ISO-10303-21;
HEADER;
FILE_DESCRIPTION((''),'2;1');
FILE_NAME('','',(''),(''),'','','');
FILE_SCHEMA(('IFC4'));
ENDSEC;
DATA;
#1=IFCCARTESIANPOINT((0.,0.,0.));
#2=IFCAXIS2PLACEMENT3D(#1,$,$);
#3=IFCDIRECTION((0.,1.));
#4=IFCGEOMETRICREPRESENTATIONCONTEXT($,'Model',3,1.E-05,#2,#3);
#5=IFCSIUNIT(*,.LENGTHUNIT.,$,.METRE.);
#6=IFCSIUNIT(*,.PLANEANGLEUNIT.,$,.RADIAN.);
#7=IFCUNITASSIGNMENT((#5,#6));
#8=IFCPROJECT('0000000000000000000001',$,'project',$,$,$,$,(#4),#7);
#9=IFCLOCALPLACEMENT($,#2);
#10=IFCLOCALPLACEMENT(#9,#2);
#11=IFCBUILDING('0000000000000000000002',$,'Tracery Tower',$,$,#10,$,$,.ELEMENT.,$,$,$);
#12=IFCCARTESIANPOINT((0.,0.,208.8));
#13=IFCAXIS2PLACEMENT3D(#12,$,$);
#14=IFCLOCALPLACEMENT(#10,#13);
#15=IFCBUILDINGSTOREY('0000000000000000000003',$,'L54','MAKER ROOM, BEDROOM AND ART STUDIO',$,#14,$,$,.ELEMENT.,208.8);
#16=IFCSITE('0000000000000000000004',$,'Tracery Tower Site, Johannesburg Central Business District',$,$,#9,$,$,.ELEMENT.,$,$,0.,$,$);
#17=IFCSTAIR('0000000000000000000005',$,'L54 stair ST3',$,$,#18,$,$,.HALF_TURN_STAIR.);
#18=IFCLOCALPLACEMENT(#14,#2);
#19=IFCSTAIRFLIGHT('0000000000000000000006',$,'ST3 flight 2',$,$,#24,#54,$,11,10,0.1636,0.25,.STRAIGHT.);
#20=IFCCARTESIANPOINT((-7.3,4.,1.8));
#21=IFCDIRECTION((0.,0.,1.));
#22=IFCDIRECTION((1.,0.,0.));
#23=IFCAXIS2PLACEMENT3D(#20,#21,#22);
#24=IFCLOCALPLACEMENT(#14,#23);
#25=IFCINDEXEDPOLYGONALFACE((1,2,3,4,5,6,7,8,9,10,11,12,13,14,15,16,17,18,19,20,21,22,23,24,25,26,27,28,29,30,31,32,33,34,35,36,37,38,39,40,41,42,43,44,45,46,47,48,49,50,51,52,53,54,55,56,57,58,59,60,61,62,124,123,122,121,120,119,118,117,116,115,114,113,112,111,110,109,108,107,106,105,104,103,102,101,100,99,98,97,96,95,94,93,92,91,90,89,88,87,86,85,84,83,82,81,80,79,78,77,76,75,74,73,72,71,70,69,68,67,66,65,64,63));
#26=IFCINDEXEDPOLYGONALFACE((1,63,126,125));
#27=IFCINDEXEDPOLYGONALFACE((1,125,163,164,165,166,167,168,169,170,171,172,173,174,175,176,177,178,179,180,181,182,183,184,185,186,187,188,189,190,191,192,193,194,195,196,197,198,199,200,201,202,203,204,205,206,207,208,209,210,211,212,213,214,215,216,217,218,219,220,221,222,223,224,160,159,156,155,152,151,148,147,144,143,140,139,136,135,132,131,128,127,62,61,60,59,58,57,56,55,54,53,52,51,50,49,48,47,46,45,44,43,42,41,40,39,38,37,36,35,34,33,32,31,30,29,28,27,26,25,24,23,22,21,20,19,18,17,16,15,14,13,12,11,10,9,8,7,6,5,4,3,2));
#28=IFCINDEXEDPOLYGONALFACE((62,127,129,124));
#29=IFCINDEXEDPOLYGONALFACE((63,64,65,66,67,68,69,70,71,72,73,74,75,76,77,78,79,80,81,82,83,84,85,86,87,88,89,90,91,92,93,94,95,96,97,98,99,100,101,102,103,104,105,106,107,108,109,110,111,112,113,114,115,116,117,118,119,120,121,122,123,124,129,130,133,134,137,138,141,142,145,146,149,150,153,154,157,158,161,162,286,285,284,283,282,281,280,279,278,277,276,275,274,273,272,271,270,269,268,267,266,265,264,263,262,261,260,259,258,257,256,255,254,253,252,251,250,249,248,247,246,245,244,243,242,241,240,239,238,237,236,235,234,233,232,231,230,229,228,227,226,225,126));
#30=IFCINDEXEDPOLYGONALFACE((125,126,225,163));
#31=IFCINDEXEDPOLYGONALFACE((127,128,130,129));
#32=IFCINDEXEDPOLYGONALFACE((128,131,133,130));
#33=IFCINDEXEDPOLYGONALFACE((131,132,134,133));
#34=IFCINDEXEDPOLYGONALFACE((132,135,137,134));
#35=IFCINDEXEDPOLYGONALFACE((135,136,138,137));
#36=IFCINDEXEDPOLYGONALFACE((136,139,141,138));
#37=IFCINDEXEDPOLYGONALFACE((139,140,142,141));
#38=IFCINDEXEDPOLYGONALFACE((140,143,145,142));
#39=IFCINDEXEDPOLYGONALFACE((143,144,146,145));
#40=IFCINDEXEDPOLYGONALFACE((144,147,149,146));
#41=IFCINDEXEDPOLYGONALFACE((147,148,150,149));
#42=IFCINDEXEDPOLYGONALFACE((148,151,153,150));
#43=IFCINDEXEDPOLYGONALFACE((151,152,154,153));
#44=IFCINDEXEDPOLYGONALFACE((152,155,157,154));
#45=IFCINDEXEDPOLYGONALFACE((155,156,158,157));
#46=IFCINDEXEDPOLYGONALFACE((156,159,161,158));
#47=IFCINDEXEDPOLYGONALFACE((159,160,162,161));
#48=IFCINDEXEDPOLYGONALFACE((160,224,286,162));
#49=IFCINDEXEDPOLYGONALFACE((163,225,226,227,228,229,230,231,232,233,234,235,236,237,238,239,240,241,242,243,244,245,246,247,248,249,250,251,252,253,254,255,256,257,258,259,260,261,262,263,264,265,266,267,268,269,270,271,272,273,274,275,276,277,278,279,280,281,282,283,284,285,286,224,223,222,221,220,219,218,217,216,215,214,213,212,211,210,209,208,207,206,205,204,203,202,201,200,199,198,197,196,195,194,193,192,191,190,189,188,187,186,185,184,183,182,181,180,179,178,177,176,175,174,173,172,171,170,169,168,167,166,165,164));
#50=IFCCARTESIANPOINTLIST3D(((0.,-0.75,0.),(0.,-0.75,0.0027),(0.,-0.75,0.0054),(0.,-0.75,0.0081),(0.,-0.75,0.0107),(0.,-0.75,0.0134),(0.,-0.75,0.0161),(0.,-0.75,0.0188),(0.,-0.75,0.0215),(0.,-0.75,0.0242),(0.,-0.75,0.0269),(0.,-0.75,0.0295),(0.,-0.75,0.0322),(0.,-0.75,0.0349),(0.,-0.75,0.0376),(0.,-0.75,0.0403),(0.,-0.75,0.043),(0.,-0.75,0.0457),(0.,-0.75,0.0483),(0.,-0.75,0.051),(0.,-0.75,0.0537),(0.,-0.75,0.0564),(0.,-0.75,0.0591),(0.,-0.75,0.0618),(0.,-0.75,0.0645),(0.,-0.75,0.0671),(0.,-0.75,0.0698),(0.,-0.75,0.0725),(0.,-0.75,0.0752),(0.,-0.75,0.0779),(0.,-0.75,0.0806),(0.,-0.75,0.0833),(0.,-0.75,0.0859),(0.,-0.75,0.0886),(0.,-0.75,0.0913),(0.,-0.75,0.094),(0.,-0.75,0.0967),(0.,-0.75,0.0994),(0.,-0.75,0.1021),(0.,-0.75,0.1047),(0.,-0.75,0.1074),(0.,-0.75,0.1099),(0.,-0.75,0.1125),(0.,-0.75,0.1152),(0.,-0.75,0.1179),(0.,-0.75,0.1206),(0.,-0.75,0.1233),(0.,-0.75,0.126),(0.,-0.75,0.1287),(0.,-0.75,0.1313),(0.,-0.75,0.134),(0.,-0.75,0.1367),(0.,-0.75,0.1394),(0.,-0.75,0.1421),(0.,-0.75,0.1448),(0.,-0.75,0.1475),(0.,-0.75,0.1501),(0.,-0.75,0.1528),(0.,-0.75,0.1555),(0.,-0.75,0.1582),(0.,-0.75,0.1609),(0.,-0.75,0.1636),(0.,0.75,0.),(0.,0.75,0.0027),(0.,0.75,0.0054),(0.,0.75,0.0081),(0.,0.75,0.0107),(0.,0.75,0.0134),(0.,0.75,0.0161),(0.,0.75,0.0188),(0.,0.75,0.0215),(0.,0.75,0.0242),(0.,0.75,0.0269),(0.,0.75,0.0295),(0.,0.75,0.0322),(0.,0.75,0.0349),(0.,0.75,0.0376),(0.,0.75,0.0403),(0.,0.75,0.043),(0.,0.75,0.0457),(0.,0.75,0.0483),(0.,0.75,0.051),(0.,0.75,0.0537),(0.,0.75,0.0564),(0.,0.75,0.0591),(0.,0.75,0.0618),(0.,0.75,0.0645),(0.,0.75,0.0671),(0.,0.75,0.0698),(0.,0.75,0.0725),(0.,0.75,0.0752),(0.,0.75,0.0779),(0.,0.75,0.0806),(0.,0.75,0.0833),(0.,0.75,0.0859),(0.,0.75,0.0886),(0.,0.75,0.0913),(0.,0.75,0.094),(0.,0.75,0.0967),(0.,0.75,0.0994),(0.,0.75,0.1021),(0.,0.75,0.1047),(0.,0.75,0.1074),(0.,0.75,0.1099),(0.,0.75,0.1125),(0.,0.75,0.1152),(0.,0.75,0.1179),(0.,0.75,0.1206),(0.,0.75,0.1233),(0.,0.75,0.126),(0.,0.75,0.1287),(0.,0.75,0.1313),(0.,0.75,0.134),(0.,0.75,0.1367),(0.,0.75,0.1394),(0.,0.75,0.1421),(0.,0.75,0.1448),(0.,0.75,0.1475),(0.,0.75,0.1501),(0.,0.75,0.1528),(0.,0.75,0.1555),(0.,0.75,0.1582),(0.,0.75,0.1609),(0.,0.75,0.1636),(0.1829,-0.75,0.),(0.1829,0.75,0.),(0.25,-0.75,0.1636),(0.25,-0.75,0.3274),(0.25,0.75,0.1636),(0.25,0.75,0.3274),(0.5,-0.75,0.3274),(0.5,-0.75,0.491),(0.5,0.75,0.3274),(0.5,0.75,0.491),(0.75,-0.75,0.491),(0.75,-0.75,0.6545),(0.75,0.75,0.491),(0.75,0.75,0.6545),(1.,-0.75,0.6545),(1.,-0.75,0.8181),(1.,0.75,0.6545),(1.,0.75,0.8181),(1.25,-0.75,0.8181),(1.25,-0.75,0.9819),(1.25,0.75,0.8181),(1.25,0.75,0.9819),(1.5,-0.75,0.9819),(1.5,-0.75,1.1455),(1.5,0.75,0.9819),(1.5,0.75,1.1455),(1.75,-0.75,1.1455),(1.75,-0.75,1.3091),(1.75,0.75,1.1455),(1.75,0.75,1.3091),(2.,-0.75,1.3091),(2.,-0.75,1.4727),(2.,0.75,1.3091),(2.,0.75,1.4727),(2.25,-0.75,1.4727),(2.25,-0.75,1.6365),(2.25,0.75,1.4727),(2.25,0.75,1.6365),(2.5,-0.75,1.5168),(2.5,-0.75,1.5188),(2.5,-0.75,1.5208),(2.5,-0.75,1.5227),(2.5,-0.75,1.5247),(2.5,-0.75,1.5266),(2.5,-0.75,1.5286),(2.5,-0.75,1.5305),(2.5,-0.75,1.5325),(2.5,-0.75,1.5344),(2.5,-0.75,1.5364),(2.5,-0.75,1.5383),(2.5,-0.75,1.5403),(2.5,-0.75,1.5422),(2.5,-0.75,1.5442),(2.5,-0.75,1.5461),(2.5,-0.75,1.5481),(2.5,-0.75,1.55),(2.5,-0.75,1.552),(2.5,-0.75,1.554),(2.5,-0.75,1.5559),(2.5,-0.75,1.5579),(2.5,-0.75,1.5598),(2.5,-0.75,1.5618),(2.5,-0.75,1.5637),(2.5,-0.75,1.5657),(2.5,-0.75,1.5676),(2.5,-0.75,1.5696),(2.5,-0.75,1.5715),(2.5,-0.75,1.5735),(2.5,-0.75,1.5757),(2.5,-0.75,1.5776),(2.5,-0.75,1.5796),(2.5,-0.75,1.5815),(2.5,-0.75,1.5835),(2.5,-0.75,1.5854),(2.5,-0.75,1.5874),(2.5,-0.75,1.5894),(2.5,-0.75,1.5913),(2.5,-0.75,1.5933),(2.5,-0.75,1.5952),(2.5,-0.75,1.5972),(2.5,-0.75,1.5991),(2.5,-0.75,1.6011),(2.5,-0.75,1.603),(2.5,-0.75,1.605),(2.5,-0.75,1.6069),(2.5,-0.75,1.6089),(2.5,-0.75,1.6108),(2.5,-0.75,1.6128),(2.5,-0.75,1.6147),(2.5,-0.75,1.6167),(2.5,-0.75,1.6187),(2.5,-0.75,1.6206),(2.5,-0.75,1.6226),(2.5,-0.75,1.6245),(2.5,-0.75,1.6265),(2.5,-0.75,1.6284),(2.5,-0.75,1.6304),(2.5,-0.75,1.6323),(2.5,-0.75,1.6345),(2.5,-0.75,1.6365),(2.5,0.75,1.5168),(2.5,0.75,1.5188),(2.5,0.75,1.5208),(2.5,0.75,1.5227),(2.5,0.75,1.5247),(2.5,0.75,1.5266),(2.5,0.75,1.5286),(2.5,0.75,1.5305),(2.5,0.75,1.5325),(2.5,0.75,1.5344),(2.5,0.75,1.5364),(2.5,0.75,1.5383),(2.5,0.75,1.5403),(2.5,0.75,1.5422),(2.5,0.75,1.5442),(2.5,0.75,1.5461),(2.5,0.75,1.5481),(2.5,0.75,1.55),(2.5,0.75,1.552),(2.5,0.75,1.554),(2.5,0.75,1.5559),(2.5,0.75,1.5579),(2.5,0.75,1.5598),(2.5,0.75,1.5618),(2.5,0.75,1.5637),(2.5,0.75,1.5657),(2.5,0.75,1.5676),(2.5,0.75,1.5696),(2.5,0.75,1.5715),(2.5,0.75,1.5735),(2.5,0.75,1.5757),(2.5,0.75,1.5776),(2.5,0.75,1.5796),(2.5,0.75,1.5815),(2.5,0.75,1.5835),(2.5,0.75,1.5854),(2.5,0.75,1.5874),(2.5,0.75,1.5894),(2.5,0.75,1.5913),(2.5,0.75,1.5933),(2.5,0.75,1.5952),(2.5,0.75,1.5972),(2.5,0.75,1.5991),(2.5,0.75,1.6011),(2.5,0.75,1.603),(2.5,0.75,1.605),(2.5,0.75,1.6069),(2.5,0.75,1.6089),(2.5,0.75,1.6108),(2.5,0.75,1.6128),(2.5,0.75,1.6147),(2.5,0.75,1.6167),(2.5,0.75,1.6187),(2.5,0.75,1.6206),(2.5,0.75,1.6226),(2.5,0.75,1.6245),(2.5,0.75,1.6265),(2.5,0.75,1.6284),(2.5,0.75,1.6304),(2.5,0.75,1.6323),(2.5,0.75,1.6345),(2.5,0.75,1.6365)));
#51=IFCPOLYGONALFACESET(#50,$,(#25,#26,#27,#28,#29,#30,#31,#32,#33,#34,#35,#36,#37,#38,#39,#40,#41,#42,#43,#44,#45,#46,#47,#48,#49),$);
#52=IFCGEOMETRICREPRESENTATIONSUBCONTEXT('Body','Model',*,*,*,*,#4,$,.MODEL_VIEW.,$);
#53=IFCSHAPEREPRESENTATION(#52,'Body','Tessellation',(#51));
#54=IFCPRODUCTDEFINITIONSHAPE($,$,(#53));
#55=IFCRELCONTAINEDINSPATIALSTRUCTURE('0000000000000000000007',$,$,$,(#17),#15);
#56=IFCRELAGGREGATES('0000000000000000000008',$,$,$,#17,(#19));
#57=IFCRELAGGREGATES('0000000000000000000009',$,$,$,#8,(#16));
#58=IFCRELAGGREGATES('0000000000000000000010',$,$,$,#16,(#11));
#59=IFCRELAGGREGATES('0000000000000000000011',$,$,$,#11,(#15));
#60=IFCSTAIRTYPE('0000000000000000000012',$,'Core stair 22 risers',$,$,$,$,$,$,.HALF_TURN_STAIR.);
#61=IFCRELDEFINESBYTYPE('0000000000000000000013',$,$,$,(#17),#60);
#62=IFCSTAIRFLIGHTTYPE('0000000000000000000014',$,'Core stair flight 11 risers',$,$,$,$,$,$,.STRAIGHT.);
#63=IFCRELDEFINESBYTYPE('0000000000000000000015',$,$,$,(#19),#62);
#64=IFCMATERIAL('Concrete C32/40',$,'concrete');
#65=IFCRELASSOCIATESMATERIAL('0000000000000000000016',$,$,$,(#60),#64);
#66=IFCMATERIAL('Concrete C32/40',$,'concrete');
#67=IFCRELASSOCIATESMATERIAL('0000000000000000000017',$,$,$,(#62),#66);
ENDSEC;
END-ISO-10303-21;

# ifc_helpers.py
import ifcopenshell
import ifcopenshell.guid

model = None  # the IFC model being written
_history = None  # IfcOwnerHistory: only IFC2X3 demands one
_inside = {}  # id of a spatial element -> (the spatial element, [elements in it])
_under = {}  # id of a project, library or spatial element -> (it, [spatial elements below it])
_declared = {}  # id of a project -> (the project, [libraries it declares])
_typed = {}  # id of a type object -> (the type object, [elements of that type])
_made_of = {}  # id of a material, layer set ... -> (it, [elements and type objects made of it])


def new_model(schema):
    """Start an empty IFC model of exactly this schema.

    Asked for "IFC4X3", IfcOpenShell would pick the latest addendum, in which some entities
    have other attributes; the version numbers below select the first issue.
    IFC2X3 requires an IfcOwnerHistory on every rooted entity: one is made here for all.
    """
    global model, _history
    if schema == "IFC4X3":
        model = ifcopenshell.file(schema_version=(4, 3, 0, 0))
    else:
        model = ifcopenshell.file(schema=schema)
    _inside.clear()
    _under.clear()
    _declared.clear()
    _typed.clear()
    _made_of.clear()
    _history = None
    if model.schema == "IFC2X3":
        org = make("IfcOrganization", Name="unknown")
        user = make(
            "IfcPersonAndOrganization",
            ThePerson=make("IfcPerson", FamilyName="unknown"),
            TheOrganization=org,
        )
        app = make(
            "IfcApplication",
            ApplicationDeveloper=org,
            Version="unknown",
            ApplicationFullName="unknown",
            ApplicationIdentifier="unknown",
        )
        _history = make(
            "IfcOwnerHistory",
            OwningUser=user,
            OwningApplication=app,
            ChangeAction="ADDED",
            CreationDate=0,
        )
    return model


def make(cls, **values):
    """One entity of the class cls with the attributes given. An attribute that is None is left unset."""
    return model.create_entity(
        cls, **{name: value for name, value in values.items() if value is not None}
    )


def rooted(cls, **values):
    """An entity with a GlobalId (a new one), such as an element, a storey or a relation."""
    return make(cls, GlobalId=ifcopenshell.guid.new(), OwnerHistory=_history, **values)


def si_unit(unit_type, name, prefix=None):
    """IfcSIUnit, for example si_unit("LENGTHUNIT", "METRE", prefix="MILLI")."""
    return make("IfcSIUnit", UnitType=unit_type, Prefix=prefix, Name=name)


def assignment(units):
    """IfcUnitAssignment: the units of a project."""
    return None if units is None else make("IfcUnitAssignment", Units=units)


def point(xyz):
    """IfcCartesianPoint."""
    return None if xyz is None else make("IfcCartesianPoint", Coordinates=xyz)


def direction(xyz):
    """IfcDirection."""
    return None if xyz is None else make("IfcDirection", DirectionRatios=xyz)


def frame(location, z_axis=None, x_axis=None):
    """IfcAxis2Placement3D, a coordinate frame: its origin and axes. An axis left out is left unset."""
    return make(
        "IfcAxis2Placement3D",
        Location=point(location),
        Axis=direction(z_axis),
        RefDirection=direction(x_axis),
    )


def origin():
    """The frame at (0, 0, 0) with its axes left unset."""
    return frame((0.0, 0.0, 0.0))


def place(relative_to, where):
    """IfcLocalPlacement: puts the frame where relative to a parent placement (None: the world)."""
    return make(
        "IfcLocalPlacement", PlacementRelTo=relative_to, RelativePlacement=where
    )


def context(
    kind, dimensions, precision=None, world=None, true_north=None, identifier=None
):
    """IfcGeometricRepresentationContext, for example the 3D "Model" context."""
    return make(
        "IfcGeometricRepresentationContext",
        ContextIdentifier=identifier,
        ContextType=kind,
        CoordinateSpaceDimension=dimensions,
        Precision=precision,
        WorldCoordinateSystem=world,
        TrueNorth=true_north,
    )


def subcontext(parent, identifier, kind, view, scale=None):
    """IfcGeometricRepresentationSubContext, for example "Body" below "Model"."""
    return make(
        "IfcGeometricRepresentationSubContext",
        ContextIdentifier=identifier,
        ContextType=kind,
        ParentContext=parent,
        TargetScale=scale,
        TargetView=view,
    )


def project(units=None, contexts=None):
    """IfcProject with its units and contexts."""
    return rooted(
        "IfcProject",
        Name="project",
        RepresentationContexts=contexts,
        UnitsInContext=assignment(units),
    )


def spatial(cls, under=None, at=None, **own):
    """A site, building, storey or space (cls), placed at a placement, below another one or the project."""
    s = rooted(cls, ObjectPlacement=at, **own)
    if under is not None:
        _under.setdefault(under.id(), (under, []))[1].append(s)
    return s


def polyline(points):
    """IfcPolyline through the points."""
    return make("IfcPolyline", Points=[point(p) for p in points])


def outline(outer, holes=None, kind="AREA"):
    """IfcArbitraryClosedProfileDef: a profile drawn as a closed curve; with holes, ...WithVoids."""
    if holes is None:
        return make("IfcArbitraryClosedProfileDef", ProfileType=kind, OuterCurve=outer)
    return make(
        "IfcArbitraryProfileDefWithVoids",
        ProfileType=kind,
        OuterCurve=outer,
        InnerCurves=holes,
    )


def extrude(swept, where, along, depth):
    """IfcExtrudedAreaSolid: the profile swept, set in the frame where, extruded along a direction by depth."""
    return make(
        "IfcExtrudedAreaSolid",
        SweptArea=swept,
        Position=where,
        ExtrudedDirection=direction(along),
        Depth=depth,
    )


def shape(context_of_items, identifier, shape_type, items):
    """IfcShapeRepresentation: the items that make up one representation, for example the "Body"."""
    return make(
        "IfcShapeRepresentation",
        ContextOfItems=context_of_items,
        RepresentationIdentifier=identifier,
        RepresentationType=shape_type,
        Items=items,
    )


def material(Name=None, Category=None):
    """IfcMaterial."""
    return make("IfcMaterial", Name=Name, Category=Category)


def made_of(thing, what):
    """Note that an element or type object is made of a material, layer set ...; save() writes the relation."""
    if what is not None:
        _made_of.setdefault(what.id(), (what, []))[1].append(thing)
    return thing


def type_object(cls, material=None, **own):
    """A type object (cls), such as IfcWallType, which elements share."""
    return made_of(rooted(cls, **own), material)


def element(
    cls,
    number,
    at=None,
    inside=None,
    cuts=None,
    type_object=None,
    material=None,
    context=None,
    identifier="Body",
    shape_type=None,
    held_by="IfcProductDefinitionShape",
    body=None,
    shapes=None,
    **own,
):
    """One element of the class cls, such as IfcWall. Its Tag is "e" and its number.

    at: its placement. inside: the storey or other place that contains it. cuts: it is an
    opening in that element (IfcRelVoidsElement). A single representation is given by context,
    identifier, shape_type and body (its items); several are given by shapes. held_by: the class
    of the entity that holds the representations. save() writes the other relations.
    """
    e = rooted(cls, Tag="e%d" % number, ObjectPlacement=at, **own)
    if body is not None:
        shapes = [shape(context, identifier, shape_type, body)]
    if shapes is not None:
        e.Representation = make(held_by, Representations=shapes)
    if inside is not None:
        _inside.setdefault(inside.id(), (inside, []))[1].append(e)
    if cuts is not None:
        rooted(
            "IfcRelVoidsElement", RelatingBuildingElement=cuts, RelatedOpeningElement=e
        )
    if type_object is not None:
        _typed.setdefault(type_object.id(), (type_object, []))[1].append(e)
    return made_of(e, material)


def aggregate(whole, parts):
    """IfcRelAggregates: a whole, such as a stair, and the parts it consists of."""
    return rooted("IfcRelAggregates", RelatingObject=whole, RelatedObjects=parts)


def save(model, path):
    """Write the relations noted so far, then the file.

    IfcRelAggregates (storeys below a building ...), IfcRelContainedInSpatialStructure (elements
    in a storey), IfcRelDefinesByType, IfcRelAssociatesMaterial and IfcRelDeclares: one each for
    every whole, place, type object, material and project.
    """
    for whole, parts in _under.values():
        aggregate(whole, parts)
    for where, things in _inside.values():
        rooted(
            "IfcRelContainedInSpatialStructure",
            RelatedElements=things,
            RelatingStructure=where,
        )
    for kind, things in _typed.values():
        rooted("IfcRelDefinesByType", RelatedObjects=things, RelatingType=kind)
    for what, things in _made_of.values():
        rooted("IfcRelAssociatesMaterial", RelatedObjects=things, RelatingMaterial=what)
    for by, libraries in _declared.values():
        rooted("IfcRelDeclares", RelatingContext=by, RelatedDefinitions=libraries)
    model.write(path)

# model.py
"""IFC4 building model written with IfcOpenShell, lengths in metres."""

from ifc_helpers import new_model, si_unit, direction, frame, origin, place, context, subcontext, project, spatial, polyline, outline, extrude, material, type_object, element, aggregate, save


model = new_model("IFC4")

# Units and contexts
model_context = context("Model", 3, precision=1e-05, world=origin(), true_north=direction((0.0, 1.0)))
body_context = subcontext(model_context, "Body", "Model", "MODEL_VIEW")
ifc_project = project(units=[si_unit("LENGTHUNIT", "METRE"), si_unit("PLANEANGLEUNIT", "RADIAN")], contexts=[model_context])

# Site, building, storey
site_placement = place(None, origin())
site = spatial("IfcSite", under=ifc_project, at=site_placement, Name="Tracery Tower Site, Johannesburg Central Business District", CompositionType="ELEMENT", RefElevation=0.0)
building_placement = place(site_placement, origin())
building = spatial("IfcBuilding", under=site, at=building_placement, Name="Tracery Tower", CompositionType="ELEMENT")
storey_placement = place(building_placement, frame((0.0, 0.0, 208.8)))
storey = spatial("IfcBuildingStorey", under=building, at=storey_placement, Name="L54", Description="MAKER ROOM, BEDROOM AND ART STUDIO", CompositionType="ELEMENT", Elevation=208.8)

# Stair, stair flight
ifc_material_1 = material(Name="Concrete C32/40", Category="concrete")
stair_type = type_object("IfcStairType", Name="Core stair 22 risers", PredefinedType="HALF_TURN_STAIR", material=ifc_material_1)
stair_placement = place(storey_placement, origin())
stair = element("IfcStair", 1, at=stair_placement, inside=storey, type_object=stair_type, Name="L54 stair ST3", PredefinedType="HALF_TURN_STAIR")
ifc_material_2 = material(Name="Concrete C32/40", Category="concrete")
stair_flight_type = type_object("IfcStairFlightType", Name="Core stair flight 11 risers", PredefinedType="STRAIGHT", material=ifc_material_2)
stair_flight_1_placement = place(storey_placement, frame((-7.3, 4.0, 1.8), z_axis=(0.0, 0.0, 1.0), x_axis=(1.0, 0.0, 0.0)))
stair_flight_1 = element("IfcStairFlight", 2, at=stair_flight_1_placement, type_object=stair_flight_type, Name="ST3 flight 2", NumberOfRisers=11, NumberOfTreads=10, PredefinedType="STRAIGHT", RiserHeight=0.1636, TreadLength=0.25, context=body_context, shape_type="SweptSolid", body=[
    extrude(outline(polyline([(0.0, 0.0), (0.0, 0.0027), (0.0, 0.0054), (0.0, 0.0081), (0.0, 0.0107), (0.0, 0.0134), (0.0, 0.0161), (0.0, 0.0188), (0.0, 0.0215), (0.0, 0.0242), (0.0, 0.0269), (0.0, 0.0295), (0.0, 0.0322), (0.0, 0.0349), (0.0, 0.0376), (0.0, 0.0403), (0.0, 0.043), (0.0, 0.0457), (0.0, 0.0483), (0.0, 0.051), (0.0, 0.0537), (0.0, 0.0564), (0.0, 0.0591), (0.0, 0.0618), (0.0, 0.0645), (0.0, 0.0671), (0.0, 0.0698), (0.0, 0.0725), (0.0, 0.0752), (0.0, 0.0779), (0.0, 0.0806), (0.0, 0.0833), (0.0, 0.0859), (0.0, 0.0886), (0.0, 0.0913), (0.0, 0.094), (0.0, 0.0967), (0.0, 0.0994), (0.0, 0.1021), (0.0, 0.1047), (0.0, 0.1074), (0.0, 0.1099), (0.0, 0.1125), (0.0, 0.1152), (0.0, 0.1179), (0.0, 0.1206), (0.0, 0.1233), (0.0, 0.126), (0.0, 0.1287), (0.0, 0.1313), (0.0, 0.134), (0.0, 0.1367), (0.0, 0.1394), (0.0, 0.1421), (0.0, 0.1448), (0.0, 0.1475), (0.0, 0.1501), (0.0, 0.1528), (0.0, 0.1555), (0.0, 0.1582), (0.0, 0.1609), (0.0, 0.1636), (0.25, 0.1636), (0.25, 0.3274), (0.5, 0.3274), (0.5, 0.491), (0.75, 0.491), (0.75, 0.6545), (1.0, 0.6545), (1.0, 0.8181), (1.25, 0.8181), (1.25, 0.9819), (1.5, 0.9819), (1.5, 1.1455), (1.75, 1.1455), (1.75, 1.3091), (2.0, 1.3091), (2.0, 1.4727), (2.25, 1.4727), (2.25, 1.6365), (2.5, 1.6365), (2.5, 1.6345), (2.5, 1.6323), (2.5, 1.6304), (2.5, 1.6284), (2.5, 1.6265), (2.5, 1.6245), (2.5, 1.6226), (2.5, 1.6206), (2.5, 1.6187), (2.5, 1.6167), (2.5, 1.6147), (2.5, 1.6128), (2.5, 1.6108), (2.5, 1.6089), (2.5, 1.6069), (2.5, 1.605), (2.5, 1.603), (2.5, 1.6011), (2.5, 1.5991), (2.5, 1.5972), (2.5, 1.5952), (2.5, 1.5933), (2.5, 1.5913), (2.5, 1.5894), (2.5, 1.5874), (2.5, 1.5854), (2.5, 1.5835), (2.5, 1.5815), (2.5, 1.5796), (2.5, 1.5776), (2.5, 1.5757), (2.5, 1.5735), (2.5, 1.5715), (2.5, 1.5696), (2.5, 1.5676), (2.5, 1.5657), (2.5, 1.5637), (2.5, 1.5618), (2.5, 1.5598), (2.5, 1.5579), (2.5, 1.5559), (2.5, 1.554), (2.5, 1.552), (2.5, 1.55), (2.5, 1.5481), (2.5, 1.5461), (2.5, 1.5442), (2.5, 1.5422), (2.5, 1.5403), (2.5, 1.5383), (2.5, 1.5364), (2.5, 1.5344), (2.5, 1.5325), (2.5, 1.5305), (2.5, 1.5286), (2.5, 1.5266), (2.5, 1.5247), (2.5, 1.5227), (2.5, 1.5208), (2.5, 1.5188), (2.5, 1.5168), (0.1829, 0.0), (0.0, 0.0)])), frame((0.0, 0.75, 0.0), z_axis=(0.0, -1.0, 0.0), x_axis=(1.0, 0.0, 0.0)), (0.0, 0.0, 1.0), 1.5),
])
aggregate(stair, [stair_flight_1])

save(model, "model.ifc")
